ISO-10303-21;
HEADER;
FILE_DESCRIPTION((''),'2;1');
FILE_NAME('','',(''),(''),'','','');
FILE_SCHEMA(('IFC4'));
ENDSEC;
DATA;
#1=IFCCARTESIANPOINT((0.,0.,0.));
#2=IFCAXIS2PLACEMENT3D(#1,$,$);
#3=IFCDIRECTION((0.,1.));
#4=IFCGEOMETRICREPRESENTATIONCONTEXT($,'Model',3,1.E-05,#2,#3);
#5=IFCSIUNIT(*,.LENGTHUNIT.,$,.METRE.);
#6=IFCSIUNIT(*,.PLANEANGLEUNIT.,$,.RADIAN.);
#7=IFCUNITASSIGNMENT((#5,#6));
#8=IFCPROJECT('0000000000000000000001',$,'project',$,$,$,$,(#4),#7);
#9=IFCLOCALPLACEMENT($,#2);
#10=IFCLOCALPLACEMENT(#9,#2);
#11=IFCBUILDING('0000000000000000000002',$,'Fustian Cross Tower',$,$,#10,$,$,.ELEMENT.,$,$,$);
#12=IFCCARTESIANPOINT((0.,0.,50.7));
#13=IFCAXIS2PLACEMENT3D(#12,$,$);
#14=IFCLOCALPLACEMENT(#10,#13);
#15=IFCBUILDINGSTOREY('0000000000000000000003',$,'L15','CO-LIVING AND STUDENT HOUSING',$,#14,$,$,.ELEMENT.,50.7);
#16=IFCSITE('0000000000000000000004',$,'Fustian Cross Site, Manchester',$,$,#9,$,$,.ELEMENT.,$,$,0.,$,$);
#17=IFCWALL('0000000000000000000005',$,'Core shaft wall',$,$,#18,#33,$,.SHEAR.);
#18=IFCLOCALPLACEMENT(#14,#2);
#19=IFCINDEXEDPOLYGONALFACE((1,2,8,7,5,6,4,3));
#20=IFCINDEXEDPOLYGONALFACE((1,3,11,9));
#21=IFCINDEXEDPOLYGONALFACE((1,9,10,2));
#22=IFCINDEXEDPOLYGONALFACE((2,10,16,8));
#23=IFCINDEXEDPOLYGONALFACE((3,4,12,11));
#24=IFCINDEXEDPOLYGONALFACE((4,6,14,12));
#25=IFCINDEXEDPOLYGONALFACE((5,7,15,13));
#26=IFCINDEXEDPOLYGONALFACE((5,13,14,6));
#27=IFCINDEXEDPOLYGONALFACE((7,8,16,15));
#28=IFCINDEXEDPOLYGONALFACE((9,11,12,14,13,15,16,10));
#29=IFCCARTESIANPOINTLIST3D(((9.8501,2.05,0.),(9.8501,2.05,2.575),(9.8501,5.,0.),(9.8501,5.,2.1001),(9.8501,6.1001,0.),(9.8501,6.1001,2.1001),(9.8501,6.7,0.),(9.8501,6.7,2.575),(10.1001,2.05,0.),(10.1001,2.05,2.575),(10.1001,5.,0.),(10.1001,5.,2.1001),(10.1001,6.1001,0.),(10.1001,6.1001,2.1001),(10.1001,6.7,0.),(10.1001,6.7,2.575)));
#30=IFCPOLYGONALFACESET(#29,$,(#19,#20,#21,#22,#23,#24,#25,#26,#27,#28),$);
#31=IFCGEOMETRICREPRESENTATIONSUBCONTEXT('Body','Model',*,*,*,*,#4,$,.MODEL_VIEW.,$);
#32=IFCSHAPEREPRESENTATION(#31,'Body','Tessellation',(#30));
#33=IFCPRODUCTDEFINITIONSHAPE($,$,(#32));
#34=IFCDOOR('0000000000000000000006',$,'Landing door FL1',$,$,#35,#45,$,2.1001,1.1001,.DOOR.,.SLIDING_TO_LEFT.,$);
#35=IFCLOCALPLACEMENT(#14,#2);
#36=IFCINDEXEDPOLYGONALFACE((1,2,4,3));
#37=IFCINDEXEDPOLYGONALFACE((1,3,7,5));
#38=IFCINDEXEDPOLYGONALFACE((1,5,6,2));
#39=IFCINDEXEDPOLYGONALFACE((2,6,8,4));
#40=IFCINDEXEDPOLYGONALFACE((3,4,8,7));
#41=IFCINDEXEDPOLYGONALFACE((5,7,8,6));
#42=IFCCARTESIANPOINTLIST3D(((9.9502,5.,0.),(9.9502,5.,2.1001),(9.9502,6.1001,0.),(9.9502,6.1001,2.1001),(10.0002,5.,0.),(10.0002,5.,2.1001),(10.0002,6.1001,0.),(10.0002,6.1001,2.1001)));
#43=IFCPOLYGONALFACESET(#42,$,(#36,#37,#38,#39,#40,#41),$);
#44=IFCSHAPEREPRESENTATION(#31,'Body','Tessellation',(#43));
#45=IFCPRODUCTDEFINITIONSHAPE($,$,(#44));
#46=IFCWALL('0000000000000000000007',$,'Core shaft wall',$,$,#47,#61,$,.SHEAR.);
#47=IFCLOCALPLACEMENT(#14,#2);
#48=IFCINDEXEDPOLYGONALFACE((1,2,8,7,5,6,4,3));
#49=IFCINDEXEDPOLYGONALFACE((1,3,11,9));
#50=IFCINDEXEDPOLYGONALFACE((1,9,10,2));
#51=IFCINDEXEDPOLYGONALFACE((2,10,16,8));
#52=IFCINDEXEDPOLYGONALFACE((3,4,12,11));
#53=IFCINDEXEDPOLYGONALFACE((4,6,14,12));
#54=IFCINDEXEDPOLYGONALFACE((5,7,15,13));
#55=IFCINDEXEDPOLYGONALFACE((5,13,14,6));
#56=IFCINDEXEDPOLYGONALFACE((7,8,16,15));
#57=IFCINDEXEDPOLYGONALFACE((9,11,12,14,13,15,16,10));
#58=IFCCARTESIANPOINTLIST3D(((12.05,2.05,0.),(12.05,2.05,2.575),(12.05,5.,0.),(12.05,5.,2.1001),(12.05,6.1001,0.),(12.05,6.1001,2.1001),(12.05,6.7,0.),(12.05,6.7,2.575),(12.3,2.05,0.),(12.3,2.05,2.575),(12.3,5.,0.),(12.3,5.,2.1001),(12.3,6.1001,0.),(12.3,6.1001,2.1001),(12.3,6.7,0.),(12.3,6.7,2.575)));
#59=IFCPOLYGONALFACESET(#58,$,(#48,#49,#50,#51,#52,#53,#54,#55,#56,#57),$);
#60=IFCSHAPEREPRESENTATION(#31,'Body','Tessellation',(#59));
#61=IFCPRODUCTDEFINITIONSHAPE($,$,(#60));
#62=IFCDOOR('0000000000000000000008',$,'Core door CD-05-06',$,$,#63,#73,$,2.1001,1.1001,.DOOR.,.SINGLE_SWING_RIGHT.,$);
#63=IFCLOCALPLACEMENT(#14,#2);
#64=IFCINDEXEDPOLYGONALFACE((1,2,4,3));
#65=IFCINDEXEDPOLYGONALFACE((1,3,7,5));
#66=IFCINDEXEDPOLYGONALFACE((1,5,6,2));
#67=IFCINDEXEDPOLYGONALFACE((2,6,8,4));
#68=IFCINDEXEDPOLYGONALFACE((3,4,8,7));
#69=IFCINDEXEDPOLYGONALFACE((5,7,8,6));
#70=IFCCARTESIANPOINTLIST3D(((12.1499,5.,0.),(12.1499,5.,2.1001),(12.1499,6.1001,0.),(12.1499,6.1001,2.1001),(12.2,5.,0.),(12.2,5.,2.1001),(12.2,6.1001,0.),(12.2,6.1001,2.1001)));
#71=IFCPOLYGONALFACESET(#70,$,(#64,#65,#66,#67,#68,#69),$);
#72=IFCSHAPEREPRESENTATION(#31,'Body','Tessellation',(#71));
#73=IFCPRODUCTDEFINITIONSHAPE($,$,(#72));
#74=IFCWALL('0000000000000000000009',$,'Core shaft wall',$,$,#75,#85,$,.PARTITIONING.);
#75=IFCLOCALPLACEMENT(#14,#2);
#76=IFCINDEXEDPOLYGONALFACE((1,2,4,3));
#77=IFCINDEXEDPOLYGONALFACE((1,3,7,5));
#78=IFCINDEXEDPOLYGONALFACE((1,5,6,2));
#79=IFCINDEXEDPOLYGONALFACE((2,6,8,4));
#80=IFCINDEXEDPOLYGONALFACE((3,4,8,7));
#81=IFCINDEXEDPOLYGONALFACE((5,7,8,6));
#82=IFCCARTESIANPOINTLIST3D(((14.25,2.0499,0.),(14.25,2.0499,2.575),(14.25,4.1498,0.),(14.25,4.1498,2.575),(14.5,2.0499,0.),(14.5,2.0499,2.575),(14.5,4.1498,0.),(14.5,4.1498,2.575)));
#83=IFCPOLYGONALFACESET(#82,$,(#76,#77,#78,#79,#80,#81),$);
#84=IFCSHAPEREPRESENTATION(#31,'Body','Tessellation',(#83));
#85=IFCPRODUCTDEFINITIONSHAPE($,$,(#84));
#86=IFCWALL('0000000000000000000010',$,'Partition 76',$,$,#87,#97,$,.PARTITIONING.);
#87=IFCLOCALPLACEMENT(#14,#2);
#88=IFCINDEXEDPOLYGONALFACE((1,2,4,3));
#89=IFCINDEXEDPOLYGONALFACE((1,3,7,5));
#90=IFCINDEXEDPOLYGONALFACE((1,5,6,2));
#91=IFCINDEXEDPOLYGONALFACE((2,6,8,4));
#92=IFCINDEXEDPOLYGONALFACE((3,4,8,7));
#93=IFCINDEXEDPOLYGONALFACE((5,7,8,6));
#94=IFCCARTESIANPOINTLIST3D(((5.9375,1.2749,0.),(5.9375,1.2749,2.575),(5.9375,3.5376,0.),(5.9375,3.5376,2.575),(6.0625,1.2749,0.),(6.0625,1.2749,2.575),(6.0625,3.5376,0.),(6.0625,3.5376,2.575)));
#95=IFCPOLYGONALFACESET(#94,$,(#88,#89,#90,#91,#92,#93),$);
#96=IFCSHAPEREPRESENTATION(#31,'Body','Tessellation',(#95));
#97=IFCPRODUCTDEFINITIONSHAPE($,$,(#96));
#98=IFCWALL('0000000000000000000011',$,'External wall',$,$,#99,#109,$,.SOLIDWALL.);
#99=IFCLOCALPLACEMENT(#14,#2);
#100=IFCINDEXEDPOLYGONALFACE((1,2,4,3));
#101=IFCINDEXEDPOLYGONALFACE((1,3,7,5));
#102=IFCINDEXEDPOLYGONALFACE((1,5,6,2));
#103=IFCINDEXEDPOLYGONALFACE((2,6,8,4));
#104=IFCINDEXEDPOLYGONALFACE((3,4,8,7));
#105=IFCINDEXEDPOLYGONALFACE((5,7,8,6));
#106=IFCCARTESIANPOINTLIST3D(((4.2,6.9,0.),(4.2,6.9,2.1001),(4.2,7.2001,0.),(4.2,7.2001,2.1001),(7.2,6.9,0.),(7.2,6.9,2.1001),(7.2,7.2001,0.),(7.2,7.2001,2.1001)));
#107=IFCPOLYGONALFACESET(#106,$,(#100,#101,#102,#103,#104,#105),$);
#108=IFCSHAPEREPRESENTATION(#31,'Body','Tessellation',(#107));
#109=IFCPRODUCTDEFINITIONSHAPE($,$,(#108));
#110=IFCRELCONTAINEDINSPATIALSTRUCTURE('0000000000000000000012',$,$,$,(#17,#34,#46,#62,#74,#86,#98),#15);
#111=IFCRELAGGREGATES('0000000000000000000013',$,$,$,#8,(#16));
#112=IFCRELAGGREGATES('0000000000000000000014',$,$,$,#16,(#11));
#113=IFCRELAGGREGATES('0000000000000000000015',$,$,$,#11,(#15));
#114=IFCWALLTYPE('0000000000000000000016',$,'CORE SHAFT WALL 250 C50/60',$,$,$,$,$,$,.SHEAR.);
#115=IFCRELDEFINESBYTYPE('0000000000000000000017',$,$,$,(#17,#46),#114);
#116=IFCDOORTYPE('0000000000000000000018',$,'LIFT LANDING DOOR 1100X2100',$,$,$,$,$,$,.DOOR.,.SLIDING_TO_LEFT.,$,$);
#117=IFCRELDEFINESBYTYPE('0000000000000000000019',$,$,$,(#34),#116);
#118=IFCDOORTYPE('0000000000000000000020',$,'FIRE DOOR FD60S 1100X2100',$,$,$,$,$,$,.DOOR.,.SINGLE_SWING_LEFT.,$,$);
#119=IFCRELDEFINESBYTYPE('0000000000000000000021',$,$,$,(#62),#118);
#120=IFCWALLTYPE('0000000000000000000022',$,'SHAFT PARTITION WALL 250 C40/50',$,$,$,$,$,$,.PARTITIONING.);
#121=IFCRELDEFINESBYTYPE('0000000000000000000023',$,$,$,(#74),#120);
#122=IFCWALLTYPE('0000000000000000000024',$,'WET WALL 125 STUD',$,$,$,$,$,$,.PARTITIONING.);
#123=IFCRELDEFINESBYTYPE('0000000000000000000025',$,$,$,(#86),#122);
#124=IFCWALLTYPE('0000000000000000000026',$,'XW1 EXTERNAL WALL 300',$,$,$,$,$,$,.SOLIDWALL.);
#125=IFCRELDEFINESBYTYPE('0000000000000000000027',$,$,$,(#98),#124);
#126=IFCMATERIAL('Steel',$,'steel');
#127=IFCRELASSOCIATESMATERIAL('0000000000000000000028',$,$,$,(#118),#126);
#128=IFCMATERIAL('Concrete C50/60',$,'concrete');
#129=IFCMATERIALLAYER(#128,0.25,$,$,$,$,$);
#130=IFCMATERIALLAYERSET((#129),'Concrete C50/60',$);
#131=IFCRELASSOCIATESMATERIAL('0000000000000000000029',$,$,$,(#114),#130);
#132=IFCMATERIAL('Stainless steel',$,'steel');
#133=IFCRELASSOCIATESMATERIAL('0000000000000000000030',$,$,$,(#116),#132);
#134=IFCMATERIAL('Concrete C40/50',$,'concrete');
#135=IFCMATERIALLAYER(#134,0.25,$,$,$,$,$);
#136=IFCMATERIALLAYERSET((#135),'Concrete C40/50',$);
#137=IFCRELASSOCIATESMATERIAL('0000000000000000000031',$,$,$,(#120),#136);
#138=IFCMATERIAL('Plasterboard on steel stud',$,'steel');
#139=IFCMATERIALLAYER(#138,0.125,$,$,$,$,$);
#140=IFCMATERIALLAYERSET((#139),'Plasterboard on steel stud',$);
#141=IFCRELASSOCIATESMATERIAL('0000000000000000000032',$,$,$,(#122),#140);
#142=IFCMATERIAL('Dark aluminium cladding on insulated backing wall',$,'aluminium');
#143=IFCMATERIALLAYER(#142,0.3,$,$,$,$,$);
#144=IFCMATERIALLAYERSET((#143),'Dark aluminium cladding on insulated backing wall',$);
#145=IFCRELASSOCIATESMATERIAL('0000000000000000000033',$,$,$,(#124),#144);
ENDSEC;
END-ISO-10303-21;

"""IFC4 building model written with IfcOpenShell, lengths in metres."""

from ifc_helpers import new_model, si_unit, direction, frame, frame_2d, origin, place, context, subcontext, project, spatial, rectangle, extrude, material, layer, layer_set, type_object, element, fill, save


model = new_model("IFC4")

# Units and contexts
model_context = context("Model", 3, precision=1e-05, world=origin(), true_north=direction((0.0, 1.0)))
body_context = subcontext(model_context, "Body", "Model", "MODEL_VIEW")
ifc_project = project(units=[si_unit("LENGTHUNIT", "METRE"), si_unit("PLANEANGLEUNIT", "RADIAN")], contexts=[model_context])

# Site, building, storey
site_placement = place(None, origin())
site = spatial("IfcSite", under=ifc_project, at=site_placement, Name="Fustian Cross Site, Manchester", CompositionType="ELEMENT", RefElevation=0.0)
building_placement = place(site_placement, origin())
building = spatial("IfcBuilding", under=site, at=building_placement, Name="Fustian Cross Tower", CompositionType="ELEMENT")
storey_placement = place(building_placement, frame((0.0, 0.0, 50.7)))
storey = spatial("IfcBuildingStorey", under=building, at=storey_placement, Name="L15", Description="CO-LIVING AND STUDENT HOUSING", CompositionType="ELEMENT", Elevation=50.7)

# Shared definitions
ifc_material_1 = material(Name="Steel", Category="steel")
door_type_1 = type_object("IfcDoorType", Name="FIRE DOOR FD60S 1100X2100", OperationType="SINGLE_SWING_LEFT", PredefinedType="DOOR", material=ifc_material_1)

# Shared definitions
ifc_material_2 = material(Name="Concrete C50/60", Category="concrete")
ifc_layer_1 = layer(ifc_material_2, 0.25)
ifc_layer_set_1 = layer_set([ifc_layer_1], Name="Concrete C50/60")
wall_type_1 = type_object("IfcWallType", Name="CORE SHAFT WALL 250 C50/60", PredefinedType="SHEAR", material=ifc_layer_set_1)

# Walls, openings, doors
wall_1_placement = place(storey_placement, frame((9.9751, 2.05, 0.0), z_axis=(0.0, 0.0, 1.0), x_axis=(0.0, 1.0, 0.0)))
wall_1 = element("IfcWall", 1, at=wall_1_placement, inside=storey, type_object=wall_type_1, Name="Core shaft wall", PredefinedType="SHEAR", context=body_context, shape_type="SweptSolid", body=[
    extrude(rectangle(XDim=4.6499, YDim=0.25, at=frame_2d((2.325, 0.0))), origin(), (0.0, 0.0, 1.0), 2.575),
])
opening_1_placement = place(wall_1_placement, frame((2.95, 0.0, 0.0)))
opening_1 = element("IfcOpeningElement", 2, at=opening_1_placement, cuts=wall_1, PredefinedType="OPENING", context=body_context, shape_type="SweptSolid", body=[
    extrude(rectangle(XDim=1.1001, YDim=2.1001, at=frame_2d((0.55, 1.05))), frame((0.0, 0.135, 0.0), z_axis=(0.0, -1.0, 0.0), x_axis=(1.0, 0.0, 0.0)), (0.0, 0.0, 1.0), 0.27),
])
ifc_material_3 = material(Name="Stainless steel", Category="steel")
door_type_2 = type_object("IfcDoorType", Name="LIFT LANDING DOOR 1100X2100", OperationType="SLIDING_TO_LEFT", PredefinedType="DOOR", material=ifc_material_3)
door_1_placement = place(opening_1_placement, origin())
door_1 = element("IfcDoor", 3, at=door_1_placement, inside=storey, type_object=door_type_2, Name="Landing door FL1", OperationType="SLIDING_TO_LEFT", OverallHeight=2.1001, OverallWidth=1.1001, PredefinedType="DOOR", context=body_context, shape_type="SweptSolid", body=[
    extrude(rectangle(XDim=1.1001, YDim=2.1001, at=frame_2d((0.55, 1.05))), frame((0.0, 0.0249, 0.0), z_axis=(0.0, -1.0, 0.0), x_axis=(1.0, 0.0, 0.0)), (0.0, 0.0, 1.0), 0.05),
])
fill(opening_1, door_1)
wall_2_placement = place(storey_placement, frame((12.175, 2.05, 0.0), z_axis=(0.0, 0.0, 1.0), x_axis=(0.0, 1.0, 0.0)))
wall_2 = element("IfcWall", 4, at=wall_2_placement, inside=storey, type_object=wall_type_1, Name="Core shaft wall", PredefinedType="SHEAR", context=body_context, shape_type="SweptSolid", body=[
    extrude(rectangle(XDim=4.6499, YDim=0.25, at=frame_2d((2.325, 0.0))), origin(), (0.0, 0.0, 1.0), 2.575),
])
opening_2_placement = place(wall_2_placement, frame((2.95, 0.0, 0.0)))
opening_2 = element("IfcOpeningElement", 5, at=opening_2_placement, cuts=wall_2, PredefinedType="OPENING", context=body_context, shape_type="SweptSolid", body=[
    extrude(rectangle(XDim=1.1001, YDim=2.1001, at=frame_2d((0.55, 1.05))), frame((0.0, 0.135, 0.0), z_axis=(0.0, -1.0, 0.0), x_axis=(1.0, 0.0, 0.0)), (0.0, 0.0, 1.0), 0.27),
])
door_2_placement = place(opening_2_placement, frame((1.1001, 0.0, 0.0), z_axis=(0.0, 0.0, 1.0), x_axis=(-1.0, 0.0, 0.0)))
door_2 = element("IfcDoor", 6, at=door_2_placement, inside=storey, type_object=door_type_1, Name="Core door CD-05-06", OperationType="SINGLE_SWING_RIGHT", OverallHeight=2.1001, OverallWidth=1.1001, PredefinedType="DOOR", context=body_context, shape_type="SweptSolid", body=[
    extrude(rectangle(XDim=1.1001, YDim=2.1001, at=frame_2d((0.55, 1.05))), frame((0.0, 0.0249, 0.0), z_axis=(0.0, -1.0, 0.0), x_axis=(1.0, 0.0, 0.0)), (0.0, 0.0, 1.0), 0.05),
])
fill(opening_2, door_2)

# Walls
ifc_material_4 = material(Name="Concrete C40/50", Category="concrete")
ifc_layer_2 = layer(ifc_material_4, 0.25)
ifc_layer_set_2 = layer_set([ifc_layer_2], Name="Concrete C40/50")
wall_type_2 = type_object("IfcWallType", Name="SHAFT PARTITION WALL 250 C40/50", PredefinedType="PARTITIONING", material=ifc_layer_set_2)
wall_3_placement = place(storey_placement, frame((14.375, 2.05, 0.0), z_axis=(0.0, 0.0, 1.0), x_axis=(0.0, 1.0, 0.0)))
element("IfcWall", 7, at=wall_3_placement, inside=storey, type_object=wall_type_2, Name="Core shaft wall", PredefinedType="PARTITIONING", context=body_context, shape_type="SweptSolid", body=[
    extrude(rectangle(XDim=2.0999, YDim=0.25, at=frame_2d((1.0498, 0.0))), origin(), (0.0, 0.0, 1.0), 2.575),
])
ifc_material_5 = material(Name="Plasterboard on steel stud", Category="steel")
ifc_layer_3 = layer(ifc_material_5, 0.125)
ifc_layer_set_3 = layer_set([ifc_layer_3], Name="Plasterboard on steel stud")
wall_type_3 = type_object("IfcWallType", Name="WET WALL 125 STUD", PredefinedType="PARTITIONING", material=ifc_layer_set_3)
wall_4_placement = place(storey_placement, frame((6.0, 1.2749, 0.0), z_axis=(0.0, 0.0, 1.0), x_axis=(0.0, 1.0, 0.0)))
element("IfcWall", 8, at=wall_4_placement, inside=storey, type_object=wall_type_3, Name="Partition 76", PredefinedType="PARTITIONING", context=body_context, shape_type="SweptSolid", body=[
    extrude(rectangle(XDim=2.2627, YDim=0.125, at=frame_2d((1.1313, 0.0))), origin(), (0.0, 0.0, 1.0), 2.575),
])
ifc_material_6 = material(Name="Dark aluminium cladding on insulated backing wall", Category="aluminium")
ifc_layer_4 = layer(ifc_material_6, 0.3)
ifc_layer_set_4 = layer_set([ifc_layer_4], Name="Dark aluminium cladding on insulated backing wall")
wall_type_4 = type_object("IfcWallType", Name="XW1 EXTERNAL WALL 300", PredefinedType="SOLIDWALL", material=ifc_layer_set_4)
wall_5_placement = place(storey_placement, frame((7.2, 7.05, 0.0), z_axis=(0.0, 0.0, 1.0), x_axis=(-1.0, 0.0, 0.0)))
element("IfcWall", 9, at=wall_5_placement, inside=storey, type_object=wall_type_4, Name="External wall", PredefinedType="SOLIDWALL", context=body_context, shape_type="SweptSolid", body=[
    extrude(rectangle(XDim=3.0, YDim=0.3, at=frame_2d((1.5, 0.0))), origin(), (0.0, 0.0, 1.0), 2.1001),
])

save(model, "model.ifc")
